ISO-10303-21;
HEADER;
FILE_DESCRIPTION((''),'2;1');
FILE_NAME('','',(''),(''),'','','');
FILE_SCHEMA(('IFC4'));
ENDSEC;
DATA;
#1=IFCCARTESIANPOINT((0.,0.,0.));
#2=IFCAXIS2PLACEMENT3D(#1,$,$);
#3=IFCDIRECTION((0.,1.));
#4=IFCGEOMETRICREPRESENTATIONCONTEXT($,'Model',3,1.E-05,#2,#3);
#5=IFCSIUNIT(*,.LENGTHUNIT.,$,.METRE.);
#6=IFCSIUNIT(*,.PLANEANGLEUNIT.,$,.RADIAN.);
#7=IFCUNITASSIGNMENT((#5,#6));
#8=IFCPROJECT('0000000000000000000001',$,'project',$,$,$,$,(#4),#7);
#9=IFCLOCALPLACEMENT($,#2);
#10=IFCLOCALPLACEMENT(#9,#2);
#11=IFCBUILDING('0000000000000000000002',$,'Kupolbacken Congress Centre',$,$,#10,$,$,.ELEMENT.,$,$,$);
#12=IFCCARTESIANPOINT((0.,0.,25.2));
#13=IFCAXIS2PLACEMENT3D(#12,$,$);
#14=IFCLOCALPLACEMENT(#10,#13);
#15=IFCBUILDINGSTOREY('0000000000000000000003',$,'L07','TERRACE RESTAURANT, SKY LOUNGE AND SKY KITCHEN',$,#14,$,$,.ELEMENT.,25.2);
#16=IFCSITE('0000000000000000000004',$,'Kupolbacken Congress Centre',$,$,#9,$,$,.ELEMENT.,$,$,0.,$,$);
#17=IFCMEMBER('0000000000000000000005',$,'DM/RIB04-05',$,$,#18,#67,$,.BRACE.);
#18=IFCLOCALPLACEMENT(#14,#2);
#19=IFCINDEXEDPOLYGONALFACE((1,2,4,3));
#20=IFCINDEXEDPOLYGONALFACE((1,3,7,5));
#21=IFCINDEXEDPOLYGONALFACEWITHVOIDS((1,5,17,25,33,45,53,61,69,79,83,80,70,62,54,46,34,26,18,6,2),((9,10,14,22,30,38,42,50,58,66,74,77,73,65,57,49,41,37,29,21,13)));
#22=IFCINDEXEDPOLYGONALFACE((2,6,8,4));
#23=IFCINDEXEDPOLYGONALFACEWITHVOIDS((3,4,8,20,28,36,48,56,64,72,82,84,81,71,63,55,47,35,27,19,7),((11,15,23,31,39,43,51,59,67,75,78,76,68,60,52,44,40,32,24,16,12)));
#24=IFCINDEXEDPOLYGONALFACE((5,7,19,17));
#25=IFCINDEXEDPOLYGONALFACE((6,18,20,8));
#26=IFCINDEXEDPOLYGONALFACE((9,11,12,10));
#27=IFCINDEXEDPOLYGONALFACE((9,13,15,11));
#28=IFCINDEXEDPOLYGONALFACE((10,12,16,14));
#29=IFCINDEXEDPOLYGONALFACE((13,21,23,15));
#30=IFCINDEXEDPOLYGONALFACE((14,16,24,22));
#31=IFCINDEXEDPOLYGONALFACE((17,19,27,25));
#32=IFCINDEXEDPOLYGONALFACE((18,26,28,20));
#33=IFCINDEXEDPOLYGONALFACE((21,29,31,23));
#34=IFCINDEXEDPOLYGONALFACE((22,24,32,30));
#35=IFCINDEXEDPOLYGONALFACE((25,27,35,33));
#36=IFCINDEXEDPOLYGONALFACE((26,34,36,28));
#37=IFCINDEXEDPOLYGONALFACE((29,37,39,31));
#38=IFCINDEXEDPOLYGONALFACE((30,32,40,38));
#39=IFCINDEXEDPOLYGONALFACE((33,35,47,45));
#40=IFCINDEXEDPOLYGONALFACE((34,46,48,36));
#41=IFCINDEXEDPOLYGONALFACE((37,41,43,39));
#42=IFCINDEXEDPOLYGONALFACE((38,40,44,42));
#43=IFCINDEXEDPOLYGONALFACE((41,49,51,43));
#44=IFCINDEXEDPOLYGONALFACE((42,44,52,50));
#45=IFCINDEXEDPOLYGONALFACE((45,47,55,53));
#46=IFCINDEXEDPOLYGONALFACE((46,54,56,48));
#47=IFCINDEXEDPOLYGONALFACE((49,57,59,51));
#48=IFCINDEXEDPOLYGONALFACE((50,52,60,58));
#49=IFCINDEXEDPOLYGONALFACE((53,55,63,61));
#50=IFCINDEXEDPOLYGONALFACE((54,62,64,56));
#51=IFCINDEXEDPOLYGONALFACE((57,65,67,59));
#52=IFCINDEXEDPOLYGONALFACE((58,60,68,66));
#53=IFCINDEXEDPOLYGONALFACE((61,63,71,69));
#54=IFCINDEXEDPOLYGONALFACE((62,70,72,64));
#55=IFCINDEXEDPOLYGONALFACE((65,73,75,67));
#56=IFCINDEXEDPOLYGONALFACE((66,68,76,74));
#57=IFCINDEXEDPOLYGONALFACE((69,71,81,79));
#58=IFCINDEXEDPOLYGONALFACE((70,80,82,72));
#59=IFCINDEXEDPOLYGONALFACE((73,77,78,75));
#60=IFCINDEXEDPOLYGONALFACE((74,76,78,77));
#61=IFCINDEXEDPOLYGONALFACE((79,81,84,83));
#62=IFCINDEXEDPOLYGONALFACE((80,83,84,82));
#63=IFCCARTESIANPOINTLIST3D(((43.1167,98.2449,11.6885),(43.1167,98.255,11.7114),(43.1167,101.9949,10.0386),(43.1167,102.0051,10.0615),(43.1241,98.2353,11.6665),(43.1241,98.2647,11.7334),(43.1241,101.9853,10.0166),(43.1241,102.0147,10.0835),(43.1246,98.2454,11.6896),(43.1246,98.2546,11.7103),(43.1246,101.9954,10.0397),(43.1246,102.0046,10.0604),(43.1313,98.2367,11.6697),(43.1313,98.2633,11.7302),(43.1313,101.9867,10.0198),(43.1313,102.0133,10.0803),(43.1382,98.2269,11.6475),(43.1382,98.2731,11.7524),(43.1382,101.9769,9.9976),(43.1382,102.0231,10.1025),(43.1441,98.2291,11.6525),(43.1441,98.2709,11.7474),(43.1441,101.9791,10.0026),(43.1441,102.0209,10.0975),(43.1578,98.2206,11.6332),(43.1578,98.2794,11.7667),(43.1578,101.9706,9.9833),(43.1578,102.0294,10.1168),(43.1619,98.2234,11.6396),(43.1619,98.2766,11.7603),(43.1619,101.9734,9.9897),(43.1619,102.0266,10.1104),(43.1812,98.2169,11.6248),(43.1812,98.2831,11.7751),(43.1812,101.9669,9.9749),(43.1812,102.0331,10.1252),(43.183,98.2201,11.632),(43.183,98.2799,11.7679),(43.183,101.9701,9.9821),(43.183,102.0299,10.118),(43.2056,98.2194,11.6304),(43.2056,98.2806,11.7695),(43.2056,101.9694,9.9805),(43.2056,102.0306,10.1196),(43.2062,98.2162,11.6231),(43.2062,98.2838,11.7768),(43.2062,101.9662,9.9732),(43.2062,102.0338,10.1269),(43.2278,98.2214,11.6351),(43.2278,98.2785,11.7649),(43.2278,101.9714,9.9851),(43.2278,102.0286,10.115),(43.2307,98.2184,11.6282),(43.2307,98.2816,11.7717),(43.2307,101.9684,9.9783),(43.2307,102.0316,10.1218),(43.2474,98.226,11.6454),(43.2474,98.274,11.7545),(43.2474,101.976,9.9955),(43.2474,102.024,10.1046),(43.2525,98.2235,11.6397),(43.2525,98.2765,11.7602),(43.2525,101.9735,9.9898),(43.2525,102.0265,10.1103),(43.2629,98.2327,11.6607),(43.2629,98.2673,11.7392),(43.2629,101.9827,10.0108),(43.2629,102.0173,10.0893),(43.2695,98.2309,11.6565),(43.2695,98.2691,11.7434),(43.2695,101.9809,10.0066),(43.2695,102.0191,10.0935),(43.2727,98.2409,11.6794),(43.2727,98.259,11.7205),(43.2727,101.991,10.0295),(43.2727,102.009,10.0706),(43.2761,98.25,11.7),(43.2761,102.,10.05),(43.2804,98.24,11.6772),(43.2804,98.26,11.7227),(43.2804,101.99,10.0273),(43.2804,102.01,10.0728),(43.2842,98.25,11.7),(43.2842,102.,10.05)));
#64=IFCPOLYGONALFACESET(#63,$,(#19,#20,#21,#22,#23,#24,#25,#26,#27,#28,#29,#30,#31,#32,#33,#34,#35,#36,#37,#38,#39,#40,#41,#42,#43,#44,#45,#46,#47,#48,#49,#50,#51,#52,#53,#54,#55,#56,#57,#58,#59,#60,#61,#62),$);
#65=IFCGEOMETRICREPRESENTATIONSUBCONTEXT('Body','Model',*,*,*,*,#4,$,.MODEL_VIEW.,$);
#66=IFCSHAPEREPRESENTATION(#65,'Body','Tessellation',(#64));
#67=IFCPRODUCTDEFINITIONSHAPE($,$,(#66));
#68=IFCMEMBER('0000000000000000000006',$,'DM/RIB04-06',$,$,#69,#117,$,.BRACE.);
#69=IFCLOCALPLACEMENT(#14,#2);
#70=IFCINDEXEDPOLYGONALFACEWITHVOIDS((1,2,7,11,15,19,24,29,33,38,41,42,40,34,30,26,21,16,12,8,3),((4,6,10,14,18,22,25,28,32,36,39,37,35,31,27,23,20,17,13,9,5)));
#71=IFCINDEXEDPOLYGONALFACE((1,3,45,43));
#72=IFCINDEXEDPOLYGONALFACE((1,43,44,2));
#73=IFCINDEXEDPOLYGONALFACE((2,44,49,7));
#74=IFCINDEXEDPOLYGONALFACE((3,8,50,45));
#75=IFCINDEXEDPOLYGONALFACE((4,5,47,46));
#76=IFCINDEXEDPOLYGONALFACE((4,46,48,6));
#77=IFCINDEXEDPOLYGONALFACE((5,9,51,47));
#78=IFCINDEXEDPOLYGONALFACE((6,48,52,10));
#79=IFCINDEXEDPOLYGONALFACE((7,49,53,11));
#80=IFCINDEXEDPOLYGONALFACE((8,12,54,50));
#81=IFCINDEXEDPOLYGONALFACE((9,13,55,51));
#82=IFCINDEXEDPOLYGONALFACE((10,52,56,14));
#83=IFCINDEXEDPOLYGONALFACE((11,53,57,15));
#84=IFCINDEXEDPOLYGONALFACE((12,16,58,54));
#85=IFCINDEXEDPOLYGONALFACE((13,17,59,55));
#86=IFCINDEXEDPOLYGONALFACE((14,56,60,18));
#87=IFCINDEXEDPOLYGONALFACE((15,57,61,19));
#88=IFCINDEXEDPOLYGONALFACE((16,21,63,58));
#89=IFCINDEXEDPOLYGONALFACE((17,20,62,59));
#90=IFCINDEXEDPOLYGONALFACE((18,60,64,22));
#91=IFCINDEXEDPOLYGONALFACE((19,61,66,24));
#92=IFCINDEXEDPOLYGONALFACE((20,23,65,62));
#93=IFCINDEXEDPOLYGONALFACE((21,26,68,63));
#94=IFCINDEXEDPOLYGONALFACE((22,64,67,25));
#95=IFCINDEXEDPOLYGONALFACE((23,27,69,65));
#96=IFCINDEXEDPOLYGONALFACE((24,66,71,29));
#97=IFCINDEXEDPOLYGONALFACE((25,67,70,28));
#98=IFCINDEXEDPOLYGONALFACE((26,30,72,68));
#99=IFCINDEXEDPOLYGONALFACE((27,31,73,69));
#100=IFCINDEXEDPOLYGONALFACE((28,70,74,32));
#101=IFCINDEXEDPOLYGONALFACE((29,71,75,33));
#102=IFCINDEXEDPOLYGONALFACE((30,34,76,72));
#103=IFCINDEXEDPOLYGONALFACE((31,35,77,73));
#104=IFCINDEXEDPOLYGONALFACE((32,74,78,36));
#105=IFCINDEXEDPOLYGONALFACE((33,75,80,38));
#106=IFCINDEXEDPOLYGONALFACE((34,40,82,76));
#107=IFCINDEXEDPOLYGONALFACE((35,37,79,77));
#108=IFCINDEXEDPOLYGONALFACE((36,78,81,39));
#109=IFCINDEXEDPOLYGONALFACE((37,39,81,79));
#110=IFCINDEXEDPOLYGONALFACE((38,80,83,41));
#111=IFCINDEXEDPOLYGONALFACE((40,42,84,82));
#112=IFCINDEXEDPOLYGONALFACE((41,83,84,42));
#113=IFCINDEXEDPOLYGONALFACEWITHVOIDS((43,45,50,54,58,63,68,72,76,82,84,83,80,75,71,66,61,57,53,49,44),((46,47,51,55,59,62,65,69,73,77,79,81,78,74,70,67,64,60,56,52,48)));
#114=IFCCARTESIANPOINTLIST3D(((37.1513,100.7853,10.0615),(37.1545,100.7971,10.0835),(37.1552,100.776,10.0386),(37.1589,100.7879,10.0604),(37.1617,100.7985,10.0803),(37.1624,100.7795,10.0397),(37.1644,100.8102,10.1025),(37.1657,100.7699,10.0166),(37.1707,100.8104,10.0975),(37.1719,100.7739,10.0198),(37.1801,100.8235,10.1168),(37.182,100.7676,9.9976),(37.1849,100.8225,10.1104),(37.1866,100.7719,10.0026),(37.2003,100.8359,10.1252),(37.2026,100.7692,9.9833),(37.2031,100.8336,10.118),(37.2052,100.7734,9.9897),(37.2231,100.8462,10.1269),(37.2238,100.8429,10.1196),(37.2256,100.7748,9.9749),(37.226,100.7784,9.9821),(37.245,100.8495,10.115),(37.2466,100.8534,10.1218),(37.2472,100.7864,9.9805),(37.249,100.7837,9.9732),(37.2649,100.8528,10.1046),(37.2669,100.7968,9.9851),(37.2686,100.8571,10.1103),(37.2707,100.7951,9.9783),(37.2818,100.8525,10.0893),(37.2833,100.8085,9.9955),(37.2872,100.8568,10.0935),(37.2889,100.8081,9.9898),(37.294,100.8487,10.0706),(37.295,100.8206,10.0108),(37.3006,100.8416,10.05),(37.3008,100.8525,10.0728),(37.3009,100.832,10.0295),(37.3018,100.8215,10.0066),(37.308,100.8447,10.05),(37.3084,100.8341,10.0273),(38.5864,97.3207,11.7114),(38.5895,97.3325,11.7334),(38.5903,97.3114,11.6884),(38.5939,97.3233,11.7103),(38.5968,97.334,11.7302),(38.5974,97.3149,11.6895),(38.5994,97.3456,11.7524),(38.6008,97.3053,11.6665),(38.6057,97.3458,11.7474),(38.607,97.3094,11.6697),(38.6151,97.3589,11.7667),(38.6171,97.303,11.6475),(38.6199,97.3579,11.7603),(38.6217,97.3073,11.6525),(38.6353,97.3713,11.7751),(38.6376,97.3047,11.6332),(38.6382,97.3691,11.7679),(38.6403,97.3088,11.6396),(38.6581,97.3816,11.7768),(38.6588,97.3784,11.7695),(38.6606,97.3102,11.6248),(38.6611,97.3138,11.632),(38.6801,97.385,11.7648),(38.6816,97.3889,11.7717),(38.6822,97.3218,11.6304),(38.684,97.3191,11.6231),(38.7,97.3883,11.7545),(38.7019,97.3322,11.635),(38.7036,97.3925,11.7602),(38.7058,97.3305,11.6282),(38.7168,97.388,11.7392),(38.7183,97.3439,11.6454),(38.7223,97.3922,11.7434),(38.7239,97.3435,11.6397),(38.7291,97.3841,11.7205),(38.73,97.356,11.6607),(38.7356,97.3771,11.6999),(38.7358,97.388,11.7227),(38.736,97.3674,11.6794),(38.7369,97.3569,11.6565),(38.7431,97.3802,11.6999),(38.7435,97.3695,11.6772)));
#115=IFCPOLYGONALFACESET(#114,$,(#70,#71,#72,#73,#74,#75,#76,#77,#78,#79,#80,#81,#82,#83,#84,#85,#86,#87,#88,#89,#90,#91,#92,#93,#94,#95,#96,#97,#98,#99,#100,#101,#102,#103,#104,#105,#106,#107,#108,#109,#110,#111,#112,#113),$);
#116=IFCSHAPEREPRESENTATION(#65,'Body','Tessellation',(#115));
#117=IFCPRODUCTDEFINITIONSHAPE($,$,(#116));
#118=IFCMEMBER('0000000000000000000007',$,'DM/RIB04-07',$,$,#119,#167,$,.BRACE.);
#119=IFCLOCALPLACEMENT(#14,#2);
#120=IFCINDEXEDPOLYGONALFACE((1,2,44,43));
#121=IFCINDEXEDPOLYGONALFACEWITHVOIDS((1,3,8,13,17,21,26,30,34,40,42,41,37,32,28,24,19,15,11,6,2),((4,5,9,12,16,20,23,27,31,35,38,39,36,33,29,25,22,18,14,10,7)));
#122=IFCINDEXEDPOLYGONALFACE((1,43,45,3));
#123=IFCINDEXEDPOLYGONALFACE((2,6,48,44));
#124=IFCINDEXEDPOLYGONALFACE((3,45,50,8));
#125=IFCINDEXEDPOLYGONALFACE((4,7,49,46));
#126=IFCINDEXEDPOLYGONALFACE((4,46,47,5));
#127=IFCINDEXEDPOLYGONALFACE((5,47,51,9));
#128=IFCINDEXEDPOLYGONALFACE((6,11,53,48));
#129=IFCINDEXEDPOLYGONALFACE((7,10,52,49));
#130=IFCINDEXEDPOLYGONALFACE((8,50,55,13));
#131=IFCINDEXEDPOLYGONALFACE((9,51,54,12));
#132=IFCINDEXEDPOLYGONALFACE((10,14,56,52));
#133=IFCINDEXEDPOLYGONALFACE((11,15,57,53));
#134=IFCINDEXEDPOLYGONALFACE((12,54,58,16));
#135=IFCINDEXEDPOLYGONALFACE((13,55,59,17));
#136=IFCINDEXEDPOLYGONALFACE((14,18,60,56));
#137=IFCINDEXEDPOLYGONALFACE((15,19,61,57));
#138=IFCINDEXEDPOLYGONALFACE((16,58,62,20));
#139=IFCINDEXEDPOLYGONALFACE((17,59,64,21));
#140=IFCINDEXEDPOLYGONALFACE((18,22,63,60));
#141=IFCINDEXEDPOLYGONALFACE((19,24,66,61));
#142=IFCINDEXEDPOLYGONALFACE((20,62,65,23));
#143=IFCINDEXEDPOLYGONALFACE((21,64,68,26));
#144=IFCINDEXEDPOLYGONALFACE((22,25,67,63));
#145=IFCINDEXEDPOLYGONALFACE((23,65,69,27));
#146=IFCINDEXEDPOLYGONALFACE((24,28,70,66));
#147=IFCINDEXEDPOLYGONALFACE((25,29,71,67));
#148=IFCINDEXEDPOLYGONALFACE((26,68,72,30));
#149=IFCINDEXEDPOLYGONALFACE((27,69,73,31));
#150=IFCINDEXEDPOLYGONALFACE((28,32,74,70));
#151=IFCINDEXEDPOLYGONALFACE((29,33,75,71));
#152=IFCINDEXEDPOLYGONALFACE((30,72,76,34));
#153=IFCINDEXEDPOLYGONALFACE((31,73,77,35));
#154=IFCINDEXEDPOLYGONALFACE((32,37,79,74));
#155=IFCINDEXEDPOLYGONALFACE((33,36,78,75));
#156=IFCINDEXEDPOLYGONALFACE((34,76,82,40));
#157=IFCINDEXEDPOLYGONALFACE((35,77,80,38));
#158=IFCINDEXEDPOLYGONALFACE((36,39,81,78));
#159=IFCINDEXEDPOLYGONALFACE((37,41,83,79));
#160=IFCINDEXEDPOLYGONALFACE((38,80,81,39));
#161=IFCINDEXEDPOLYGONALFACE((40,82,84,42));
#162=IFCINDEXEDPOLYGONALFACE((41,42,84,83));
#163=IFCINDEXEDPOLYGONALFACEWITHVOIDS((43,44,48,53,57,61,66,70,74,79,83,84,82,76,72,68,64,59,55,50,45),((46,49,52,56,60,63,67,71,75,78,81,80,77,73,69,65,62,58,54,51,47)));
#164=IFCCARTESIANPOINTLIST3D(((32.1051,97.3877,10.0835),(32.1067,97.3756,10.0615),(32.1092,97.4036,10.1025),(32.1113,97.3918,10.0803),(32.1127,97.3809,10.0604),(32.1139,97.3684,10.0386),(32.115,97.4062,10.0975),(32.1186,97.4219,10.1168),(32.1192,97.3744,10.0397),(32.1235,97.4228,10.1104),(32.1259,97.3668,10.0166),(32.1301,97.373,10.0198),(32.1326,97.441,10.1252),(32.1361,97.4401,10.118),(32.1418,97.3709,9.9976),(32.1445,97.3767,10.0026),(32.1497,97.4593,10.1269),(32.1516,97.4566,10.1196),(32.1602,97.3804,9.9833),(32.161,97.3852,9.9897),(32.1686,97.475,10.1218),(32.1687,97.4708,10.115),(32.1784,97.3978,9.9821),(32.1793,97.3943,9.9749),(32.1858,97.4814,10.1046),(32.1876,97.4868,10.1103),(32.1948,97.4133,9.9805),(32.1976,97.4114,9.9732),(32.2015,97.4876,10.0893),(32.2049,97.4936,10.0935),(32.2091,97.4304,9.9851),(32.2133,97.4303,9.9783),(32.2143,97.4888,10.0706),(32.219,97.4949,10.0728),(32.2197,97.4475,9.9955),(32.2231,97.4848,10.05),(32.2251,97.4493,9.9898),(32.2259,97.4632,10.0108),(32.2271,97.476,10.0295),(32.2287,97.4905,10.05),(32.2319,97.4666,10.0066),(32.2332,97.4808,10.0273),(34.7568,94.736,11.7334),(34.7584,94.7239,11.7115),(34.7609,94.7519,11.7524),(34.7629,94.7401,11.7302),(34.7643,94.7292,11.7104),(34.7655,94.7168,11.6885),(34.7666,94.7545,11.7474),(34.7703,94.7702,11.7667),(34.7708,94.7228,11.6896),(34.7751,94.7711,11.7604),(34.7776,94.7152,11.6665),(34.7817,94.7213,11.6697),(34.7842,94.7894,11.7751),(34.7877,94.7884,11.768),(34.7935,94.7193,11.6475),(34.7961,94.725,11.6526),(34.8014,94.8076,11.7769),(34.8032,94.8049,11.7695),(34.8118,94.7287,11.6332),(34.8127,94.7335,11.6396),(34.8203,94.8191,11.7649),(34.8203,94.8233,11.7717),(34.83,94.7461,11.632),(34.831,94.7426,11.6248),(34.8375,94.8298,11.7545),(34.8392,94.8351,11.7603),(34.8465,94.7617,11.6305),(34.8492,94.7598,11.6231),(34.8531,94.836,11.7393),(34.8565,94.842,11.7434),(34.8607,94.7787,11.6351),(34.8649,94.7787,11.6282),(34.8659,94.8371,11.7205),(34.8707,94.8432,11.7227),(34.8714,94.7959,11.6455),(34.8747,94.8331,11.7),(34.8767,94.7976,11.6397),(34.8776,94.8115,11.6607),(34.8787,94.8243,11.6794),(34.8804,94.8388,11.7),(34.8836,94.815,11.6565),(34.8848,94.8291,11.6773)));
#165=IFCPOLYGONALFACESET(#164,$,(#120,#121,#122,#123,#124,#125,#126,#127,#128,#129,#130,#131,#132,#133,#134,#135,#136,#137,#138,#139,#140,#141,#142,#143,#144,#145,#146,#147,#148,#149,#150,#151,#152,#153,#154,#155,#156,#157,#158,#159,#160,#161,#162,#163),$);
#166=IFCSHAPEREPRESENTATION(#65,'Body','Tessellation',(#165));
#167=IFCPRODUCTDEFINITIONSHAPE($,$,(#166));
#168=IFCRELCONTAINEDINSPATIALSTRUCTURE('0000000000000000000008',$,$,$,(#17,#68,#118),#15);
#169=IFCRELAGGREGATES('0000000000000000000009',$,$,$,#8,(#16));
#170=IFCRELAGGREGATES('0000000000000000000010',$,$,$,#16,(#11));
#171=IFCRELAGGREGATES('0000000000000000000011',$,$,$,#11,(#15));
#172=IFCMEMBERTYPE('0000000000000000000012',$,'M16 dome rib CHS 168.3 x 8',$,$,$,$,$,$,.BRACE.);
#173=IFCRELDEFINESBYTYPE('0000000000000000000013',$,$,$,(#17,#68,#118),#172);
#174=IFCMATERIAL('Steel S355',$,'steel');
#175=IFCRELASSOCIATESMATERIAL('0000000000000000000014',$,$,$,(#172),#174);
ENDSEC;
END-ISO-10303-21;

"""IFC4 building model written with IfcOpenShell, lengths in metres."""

from ifc_helpers import new_model, si_unit, direction, frame, origin, origin_2d, place, context, subcontext, project, spatial, hollow_circle, extrude, material, material_profile, profile_set, type_object, element, save


model = new_model("IFC4")

# Units and contexts
model_context = context("Model", 3, precision=1e-05, world=origin(), true_north=direction((0.0, 1.0)))
body_context = subcontext(model_context, "Body", "Model", "MODEL_VIEW")
ifc_project = project(units=[si_unit("LENGTHUNIT", "METRE"), si_unit("PLANEANGLEUNIT", "RADIAN")], contexts=[model_context])

# Site, building, storey
site_placement = place(None, origin())
site = spatial("IfcSite", under=ifc_project, at=site_placement, Name="Kupolbacken Congress Centre", CompositionType="ELEMENT", RefElevation=0.0)
building_placement = place(site_placement, origin())
building = spatial("IfcBuilding", under=site, at=building_placement, Name="Kupolbacken Congress Centre", CompositionType="ELEMENT")
storey_placement = place(building_placement, frame((0.0, 0.0, 25.2)))
storey = spatial("IfcBuildingStorey", under=building, at=storey_placement, Name="L07", Description="TERRACE RESTAURANT, SKY LOUNGE AND SKY KITCHEN", CompositionType="ELEMENT", Elevation=25.2)

# Members
ifc_material_1 = material(Name="Steel S355", Category="steel")
ifc_material_profile_1 = material_profile(ifc_material_1, hollow_circle(Radius=0.0842, WallThickness=0.0081, at=origin_2d()), Name="CHS 168.3 x 8")
ifc_profile_set_1 = profile_set([ifc_material_profile_1], Name="Steel S355")
member_type_1 = type_object("IfcMemberType", Name="M16 dome rib CHS 168.3 x 8", PredefinedType="BRACE", material=ifc_profile_set_1)
for number, where, z_axis, x_axis, name in (
    (1, (43.2, 102.0, 10.05), (0.0, -0.915324, 0.402719), (1.0, 0.0, 0.0), "DM/RIB04-05"),
    (2, (37.2302, 100.8125, 10.05), (0.350275, -0.845653, 0.402715), (0.923882, 0.382678, 0.0), "DM/RIB04-06"),
    (3, (32.1692, 97.4309, 10.05), (0.64723, -0.64723, 0.402724), (0.707107, 0.707107, 0.0), "DM/RIB04-07"),
):
    element("IfcMember", number, at=place(storey_placement, frame(where, z_axis=z_axis, x_axis=x_axis)), inside=storey, type_object=member_type_1, Name=name, PredefinedType="BRACE", context=body_context, shape_type="SweptSolid", body=[
        extrude(hollow_circle(Radius=0.0842, WallThickness=0.0081, at=origin_2d()), origin(), (0.0, 0.0, 1.0), 4.0969),
    ])

save(model, "model.ifc")
